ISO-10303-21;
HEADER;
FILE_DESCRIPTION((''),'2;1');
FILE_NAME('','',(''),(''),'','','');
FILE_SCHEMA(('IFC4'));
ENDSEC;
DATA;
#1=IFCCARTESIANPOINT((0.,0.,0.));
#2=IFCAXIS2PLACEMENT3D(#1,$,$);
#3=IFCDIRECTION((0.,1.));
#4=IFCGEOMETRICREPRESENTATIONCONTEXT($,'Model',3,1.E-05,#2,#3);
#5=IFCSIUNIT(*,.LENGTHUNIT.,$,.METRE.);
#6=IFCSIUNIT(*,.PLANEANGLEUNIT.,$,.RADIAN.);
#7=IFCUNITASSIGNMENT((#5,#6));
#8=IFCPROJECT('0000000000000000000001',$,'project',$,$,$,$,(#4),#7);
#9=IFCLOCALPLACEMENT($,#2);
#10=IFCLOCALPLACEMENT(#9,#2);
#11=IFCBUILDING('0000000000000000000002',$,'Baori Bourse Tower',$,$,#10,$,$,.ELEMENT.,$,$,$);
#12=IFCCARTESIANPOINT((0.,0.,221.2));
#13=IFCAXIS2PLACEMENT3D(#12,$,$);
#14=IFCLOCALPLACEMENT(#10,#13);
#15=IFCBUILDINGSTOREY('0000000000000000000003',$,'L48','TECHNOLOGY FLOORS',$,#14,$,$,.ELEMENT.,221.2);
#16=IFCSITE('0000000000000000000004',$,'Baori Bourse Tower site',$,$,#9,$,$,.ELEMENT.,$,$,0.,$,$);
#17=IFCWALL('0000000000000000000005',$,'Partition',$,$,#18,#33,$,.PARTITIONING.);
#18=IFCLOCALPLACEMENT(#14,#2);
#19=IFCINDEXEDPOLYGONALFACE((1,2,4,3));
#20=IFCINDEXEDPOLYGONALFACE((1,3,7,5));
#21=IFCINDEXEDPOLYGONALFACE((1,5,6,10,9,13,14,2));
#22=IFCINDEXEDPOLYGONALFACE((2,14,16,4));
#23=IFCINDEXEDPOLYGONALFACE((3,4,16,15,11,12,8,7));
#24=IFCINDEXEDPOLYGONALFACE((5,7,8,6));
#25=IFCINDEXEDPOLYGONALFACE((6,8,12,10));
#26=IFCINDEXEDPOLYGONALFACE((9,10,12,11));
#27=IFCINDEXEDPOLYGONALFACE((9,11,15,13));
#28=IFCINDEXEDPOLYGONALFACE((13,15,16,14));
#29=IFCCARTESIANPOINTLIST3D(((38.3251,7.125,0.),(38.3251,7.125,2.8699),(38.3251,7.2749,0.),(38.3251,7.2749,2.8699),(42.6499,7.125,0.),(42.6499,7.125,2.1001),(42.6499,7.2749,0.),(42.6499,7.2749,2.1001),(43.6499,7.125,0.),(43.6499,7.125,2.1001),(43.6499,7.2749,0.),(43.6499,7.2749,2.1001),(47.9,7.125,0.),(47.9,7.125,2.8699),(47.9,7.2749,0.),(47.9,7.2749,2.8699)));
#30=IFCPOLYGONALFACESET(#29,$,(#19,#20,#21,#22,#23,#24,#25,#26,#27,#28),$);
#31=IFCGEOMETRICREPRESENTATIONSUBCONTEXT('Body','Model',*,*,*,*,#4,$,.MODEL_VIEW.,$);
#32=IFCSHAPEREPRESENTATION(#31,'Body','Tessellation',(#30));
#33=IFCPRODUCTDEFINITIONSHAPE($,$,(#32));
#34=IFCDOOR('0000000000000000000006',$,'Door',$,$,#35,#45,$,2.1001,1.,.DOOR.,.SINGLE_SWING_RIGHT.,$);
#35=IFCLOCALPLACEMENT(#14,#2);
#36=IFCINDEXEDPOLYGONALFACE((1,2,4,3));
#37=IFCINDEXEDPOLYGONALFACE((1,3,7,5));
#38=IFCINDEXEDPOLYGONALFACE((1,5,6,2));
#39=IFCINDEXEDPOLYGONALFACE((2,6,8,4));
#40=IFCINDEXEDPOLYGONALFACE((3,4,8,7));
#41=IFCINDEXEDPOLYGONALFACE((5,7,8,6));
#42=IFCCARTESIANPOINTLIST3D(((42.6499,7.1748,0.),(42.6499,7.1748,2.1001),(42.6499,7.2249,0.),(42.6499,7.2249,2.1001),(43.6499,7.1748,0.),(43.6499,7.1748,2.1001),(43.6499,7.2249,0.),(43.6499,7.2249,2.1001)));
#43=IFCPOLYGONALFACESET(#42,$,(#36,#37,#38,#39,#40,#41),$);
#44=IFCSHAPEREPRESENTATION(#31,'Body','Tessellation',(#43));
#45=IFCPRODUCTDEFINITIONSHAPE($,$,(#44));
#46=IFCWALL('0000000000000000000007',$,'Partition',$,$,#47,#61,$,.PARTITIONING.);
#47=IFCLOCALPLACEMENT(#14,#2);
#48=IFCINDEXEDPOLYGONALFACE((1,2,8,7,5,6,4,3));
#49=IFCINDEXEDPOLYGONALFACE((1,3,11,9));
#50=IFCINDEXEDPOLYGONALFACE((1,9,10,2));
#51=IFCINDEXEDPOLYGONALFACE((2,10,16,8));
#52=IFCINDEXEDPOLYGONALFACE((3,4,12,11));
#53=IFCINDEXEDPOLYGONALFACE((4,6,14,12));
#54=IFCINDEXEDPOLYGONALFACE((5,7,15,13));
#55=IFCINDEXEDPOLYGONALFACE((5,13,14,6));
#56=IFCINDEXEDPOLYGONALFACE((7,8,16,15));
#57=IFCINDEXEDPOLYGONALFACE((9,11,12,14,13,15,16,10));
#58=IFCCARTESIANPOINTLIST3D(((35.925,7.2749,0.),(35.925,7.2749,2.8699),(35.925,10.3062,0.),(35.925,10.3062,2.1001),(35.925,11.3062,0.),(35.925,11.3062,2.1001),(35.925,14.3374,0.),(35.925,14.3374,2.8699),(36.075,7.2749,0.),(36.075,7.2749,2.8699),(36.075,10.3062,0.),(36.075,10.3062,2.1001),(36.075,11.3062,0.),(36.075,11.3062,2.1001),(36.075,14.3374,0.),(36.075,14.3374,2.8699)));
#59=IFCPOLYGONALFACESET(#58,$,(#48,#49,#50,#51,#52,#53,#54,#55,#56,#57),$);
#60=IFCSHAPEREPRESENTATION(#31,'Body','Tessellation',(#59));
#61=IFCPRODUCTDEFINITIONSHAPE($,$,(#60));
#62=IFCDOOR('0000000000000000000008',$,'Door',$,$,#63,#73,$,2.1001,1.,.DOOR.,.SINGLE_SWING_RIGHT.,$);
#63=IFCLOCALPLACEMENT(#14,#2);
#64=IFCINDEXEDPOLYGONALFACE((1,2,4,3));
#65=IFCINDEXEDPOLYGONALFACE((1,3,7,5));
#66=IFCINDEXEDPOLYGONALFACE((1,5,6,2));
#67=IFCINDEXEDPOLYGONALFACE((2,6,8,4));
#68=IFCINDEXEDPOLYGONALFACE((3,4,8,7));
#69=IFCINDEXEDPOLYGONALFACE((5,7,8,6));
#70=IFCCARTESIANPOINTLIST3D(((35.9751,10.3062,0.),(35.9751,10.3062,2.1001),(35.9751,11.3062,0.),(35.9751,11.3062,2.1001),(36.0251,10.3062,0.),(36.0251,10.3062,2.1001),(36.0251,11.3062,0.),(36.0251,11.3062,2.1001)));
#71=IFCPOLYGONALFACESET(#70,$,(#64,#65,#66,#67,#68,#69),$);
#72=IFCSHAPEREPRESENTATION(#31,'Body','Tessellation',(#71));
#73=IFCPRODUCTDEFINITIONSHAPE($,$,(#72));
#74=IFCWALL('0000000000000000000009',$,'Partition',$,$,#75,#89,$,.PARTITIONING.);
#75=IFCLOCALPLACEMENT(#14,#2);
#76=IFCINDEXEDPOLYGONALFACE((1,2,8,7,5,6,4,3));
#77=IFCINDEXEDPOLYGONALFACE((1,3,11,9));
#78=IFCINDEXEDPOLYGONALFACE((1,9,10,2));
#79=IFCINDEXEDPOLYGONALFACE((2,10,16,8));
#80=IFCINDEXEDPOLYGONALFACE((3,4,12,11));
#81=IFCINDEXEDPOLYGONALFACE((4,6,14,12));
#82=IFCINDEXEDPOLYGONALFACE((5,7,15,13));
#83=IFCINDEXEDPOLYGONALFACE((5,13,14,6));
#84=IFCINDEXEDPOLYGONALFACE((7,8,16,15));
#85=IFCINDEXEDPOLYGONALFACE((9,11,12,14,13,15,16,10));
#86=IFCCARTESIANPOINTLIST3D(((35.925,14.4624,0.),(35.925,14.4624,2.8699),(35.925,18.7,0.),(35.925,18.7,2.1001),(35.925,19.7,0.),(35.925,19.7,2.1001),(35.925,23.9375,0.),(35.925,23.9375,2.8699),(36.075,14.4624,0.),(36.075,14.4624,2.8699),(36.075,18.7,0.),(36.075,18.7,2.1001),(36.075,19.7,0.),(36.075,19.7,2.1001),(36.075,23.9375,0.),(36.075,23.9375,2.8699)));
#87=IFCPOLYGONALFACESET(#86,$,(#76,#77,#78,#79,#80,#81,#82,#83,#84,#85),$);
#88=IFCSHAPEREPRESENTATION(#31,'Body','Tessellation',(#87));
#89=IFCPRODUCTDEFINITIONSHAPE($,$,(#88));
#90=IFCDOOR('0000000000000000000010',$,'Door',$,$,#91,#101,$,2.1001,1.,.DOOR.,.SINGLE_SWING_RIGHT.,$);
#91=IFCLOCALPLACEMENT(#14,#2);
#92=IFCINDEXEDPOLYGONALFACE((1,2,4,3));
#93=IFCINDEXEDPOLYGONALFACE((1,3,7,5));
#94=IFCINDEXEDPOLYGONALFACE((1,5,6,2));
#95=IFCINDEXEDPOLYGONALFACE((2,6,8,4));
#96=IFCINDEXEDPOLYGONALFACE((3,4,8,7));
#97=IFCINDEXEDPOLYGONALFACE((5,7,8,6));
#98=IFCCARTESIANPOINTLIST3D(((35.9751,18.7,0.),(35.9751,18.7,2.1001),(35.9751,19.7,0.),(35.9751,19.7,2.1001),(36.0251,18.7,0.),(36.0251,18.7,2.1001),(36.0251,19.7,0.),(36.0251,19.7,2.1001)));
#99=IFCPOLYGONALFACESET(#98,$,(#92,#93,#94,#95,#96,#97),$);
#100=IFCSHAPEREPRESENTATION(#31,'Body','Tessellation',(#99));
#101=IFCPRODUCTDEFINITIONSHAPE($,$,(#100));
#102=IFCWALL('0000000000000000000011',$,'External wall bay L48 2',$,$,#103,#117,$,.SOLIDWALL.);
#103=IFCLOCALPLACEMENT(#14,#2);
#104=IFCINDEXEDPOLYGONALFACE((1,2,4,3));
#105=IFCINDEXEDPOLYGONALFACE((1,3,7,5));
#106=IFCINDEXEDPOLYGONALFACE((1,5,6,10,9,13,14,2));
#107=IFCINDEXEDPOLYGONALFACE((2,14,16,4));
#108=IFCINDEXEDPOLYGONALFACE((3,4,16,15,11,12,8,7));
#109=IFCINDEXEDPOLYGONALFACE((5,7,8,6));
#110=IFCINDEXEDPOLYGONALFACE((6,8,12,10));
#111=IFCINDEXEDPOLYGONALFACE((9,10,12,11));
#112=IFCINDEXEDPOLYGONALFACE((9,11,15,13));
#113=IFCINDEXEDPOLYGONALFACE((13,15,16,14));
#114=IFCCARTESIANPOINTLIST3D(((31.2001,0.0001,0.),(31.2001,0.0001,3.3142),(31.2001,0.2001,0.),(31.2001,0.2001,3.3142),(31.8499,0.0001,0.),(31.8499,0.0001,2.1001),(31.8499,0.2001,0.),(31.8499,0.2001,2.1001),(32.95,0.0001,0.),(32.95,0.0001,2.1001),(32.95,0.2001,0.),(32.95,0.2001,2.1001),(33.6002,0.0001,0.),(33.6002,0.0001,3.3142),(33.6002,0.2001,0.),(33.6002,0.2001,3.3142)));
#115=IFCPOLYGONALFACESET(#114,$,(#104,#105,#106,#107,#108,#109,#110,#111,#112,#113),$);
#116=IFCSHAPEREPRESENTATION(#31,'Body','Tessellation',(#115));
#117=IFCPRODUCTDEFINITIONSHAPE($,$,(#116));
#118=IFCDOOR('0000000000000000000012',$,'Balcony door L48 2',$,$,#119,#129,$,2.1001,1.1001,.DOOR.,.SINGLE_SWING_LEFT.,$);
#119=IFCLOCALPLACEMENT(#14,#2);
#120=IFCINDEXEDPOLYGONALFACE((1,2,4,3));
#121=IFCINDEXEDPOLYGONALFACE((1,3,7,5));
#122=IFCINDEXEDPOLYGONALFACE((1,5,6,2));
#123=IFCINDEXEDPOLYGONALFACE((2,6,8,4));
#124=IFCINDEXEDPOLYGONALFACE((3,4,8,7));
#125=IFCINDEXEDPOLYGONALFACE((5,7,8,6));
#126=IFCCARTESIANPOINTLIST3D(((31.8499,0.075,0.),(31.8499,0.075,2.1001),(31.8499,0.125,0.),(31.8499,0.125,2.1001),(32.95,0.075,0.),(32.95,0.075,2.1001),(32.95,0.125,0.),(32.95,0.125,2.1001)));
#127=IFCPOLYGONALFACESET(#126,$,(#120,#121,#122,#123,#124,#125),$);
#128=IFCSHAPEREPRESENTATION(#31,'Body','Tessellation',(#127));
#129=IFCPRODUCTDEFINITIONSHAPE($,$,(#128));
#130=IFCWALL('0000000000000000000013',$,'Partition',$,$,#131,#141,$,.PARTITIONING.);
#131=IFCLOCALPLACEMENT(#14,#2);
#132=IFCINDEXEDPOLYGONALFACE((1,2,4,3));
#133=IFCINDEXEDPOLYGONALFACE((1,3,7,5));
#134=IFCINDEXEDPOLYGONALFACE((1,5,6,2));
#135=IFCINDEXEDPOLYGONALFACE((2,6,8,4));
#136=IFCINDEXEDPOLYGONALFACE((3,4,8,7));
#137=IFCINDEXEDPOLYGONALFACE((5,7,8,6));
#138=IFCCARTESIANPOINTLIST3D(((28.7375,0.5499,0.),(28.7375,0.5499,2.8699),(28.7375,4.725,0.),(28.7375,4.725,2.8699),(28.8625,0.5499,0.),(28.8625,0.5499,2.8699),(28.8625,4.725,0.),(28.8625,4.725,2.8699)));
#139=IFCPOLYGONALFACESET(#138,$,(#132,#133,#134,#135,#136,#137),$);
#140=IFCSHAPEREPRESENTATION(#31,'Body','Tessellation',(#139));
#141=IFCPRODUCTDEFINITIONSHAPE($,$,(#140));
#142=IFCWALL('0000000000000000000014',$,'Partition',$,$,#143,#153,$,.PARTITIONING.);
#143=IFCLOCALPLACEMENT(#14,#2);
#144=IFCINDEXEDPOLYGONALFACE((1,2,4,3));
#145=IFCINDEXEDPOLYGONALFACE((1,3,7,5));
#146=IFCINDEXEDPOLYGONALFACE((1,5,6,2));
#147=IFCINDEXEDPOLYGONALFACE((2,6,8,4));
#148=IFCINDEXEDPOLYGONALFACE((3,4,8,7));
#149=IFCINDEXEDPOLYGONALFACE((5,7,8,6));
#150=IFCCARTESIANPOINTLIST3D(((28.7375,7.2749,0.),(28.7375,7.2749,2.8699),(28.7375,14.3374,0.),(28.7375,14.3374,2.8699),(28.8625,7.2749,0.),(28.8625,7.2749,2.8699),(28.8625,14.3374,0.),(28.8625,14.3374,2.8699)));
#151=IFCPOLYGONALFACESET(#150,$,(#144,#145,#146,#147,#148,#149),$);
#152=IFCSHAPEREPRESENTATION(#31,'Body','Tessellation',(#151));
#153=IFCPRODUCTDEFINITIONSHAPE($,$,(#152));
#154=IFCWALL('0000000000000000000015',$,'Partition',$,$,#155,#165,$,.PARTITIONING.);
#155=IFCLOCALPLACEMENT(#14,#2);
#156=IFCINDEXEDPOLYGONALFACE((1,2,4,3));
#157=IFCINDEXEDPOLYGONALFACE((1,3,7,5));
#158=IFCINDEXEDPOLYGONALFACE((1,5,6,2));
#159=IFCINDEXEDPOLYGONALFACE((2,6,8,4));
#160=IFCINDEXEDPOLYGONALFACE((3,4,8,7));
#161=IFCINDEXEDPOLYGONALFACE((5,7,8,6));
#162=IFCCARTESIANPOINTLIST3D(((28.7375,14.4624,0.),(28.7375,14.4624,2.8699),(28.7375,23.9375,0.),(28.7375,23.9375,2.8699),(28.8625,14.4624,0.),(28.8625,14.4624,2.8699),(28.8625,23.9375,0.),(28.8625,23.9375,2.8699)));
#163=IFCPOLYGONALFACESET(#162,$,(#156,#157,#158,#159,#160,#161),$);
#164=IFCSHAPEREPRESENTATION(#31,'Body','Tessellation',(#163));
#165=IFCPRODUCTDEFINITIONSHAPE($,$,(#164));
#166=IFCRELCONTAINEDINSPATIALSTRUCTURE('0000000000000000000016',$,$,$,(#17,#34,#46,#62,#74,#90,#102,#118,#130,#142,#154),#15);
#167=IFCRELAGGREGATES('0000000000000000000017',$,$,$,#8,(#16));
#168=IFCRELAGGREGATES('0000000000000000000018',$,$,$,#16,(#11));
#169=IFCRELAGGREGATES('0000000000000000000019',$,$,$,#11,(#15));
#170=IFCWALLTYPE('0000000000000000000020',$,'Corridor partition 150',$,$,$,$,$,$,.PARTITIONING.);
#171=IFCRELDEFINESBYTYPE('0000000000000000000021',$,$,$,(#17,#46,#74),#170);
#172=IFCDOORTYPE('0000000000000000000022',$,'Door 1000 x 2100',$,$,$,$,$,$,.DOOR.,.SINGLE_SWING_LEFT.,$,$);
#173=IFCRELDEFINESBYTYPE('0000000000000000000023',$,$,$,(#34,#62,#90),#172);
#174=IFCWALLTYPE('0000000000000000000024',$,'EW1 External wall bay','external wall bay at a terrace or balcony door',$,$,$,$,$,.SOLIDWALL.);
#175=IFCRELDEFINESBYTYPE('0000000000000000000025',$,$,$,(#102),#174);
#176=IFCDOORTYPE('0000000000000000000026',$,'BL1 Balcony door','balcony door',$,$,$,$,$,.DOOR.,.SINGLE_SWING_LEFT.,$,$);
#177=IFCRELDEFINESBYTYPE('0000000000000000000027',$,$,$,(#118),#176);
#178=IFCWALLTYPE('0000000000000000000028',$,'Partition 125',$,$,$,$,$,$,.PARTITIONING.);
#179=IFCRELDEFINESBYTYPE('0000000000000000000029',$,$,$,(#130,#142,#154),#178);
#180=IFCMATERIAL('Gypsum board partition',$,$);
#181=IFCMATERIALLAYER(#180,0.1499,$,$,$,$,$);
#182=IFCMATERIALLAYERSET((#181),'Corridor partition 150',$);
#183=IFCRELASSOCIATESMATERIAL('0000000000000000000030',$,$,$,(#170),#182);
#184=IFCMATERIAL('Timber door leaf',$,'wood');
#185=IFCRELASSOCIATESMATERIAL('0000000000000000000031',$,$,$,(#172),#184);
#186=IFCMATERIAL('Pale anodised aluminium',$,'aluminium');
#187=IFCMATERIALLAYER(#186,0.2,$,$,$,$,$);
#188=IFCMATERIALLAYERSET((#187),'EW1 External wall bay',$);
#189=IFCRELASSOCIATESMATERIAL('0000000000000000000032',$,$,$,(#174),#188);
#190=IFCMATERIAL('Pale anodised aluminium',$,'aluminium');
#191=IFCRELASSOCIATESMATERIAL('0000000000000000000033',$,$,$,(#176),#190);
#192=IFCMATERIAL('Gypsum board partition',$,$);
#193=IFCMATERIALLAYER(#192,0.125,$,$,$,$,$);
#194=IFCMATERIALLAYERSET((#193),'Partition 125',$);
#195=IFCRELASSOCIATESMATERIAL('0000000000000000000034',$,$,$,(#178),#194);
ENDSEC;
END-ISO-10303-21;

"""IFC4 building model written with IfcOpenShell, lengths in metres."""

from ifc_helpers import new_model, si_unit, direction, frame, frame_2d, origin, place, context, subcontext, project, spatial, rectangle, extrude, material, layer, layer_set, type_object, element, fill, save


model = new_model("IFC4")

# Units and contexts
model_context = context("Model", 3, precision=1e-05, world=origin(), true_north=direction((0.0, 1.0)))
body_context = subcontext(model_context, "Body", "Model", "MODEL_VIEW")
ifc_project = project(units=[si_unit("LENGTHUNIT", "METRE"), si_unit("PLANEANGLEUNIT", "RADIAN")], contexts=[model_context])

# Site, building, storey
site_placement = place(None, origin())
site = spatial("IfcSite", under=ifc_project, at=site_placement, Name="Baori Bourse Tower site", CompositionType="ELEMENT", RefElevation=0.0)
building_placement = place(site_placement, origin())
building = spatial("IfcBuilding", under=site, at=building_placement, Name="Baori Bourse Tower", CompositionType="ELEMENT")
storey_placement = place(building_placement, frame((0.0, 0.0, 221.2)))
storey = spatial("IfcBuildingStorey", under=building, at=storey_placement, Name="L48", Description="TECHNOLOGY FLOORS", CompositionType="ELEMENT", Elevation=221.2)

# Walls, openings, doors
ifc_material_1 = material(Name="Gypsum board partition")
ifc_layer_1 = layer(ifc_material_1, 0.1499)
ifc_layer_set_1 = layer_set([ifc_layer_1], Name="Corridor partition 150")
wall_type_1 = type_object("IfcWallType", Name="Corridor partition 150", PredefinedType="PARTITIONING", material=ifc_layer_set_1)
wall_1_placement = place(storey_placement, frame((38.325, 7.2, 0.0), z_axis=(0.0, 0.0, 1.0), x_axis=(1.0, 0.0, 0.0)))
wall_1 = element("IfcWall", 1, at=wall_1_placement, inside=storey, type_object=wall_type_1, Name="Partition", PredefinedType="PARTITIONING", context=body_context, shape_type="SweptSolid", body=[
    extrude(rectangle(XDim=9.575, YDim=0.1499, at=frame_2d((4.7876, 0.0))), origin(), (0.0, 0.0, 1.0), 2.8699),
])
opening_1_placement = place(wall_1_placement, frame((4.325, 0.0, 0.0)))
opening_1 = element("IfcOpeningElement", 2, at=opening_1_placement, cuts=wall_1, PredefinedType="OPENING", context=body_context, shape_type="SweptSolid", body=[
    extrude(rectangle(XDim=1.0, YDim=2.1001, at=frame_2d((0.5, 1.05))), frame((0.0, 0.085, 0.0), z_axis=(0.0, -1.0, 0.0), x_axis=(1.0, 0.0, 0.0)), (0.0, 0.0, 1.0), 0.1699),
])
ifc_material_2 = material(Name="Timber door leaf", Category="wood")
door_type_1 = type_object("IfcDoorType", Name="Door 1000 x 2100", OperationType="SINGLE_SWING_LEFT", PredefinedType="DOOR", material=ifc_material_2)
door_1_placement = place(opening_1_placement, origin())
door_1 = element("IfcDoor", 3, at=door_1_placement, inside=storey, type_object=door_type_1, Name="Door", OperationType="SINGLE_SWING_RIGHT", OverallHeight=2.1001, OverallWidth=1.0, PredefinedType="DOOR", context=body_context, shape_type="SweptSolid", body=[
    extrude(rectangle(XDim=1.0, YDim=2.1001, at=frame_2d((0.5, 1.05))), frame((0.0, 0.0249, 0.0), z_axis=(0.0, -1.0, 0.0), x_axis=(1.0, 0.0, 0.0)), (0.0, 0.0, 1.0), 0.05),
])
fill(opening_1, door_1)
wall_2_placement = place(storey_placement, frame((36.0, 7.2749, 0.0), z_axis=(0.0, 0.0, 1.0), x_axis=(0.0, 1.0, 0.0)))
wall_2 = element("IfcWall", 4, at=wall_2_placement, inside=storey, type_object=wall_type_1, Name="Partition", PredefinedType="PARTITIONING", context=body_context, shape_type="SweptSolid", body=[
    extrude(rectangle(XDim=7.0625, YDim=0.1499, at=frame_2d((3.5312, 0.0))), origin(), (0.0, 0.0, 1.0), 2.8699),
])
opening_2_placement = place(wall_2_placement, frame((3.0312, 0.0, 0.0)))
opening_2 = element("IfcOpeningElement", 5, at=opening_2_placement, cuts=wall_2, PredefinedType="OPENING", context=body_context, shape_type="SweptSolid", body=[
    extrude(rectangle(XDim=1.0, YDim=2.1001, at=frame_2d((0.5, 1.05))), frame((0.0, 0.085, 0.0), z_axis=(0.0, -1.0, 0.0), x_axis=(1.0, 0.0, 0.0)), (0.0, 0.0, 1.0), 0.1699),
])
door_2_placement = place(opening_2_placement, origin())
door_2 = element("IfcDoor", 6, at=door_2_placement, inside=storey, type_object=door_type_1, Name="Door", OperationType="SINGLE_SWING_RIGHT", OverallHeight=2.1001, OverallWidth=1.0, PredefinedType="DOOR", context=body_context, shape_type="SweptSolid", body=[
    extrude(rectangle(XDim=1.0, YDim=2.1001, at=frame_2d((0.5, 1.05))), frame((0.0, 0.0249, 0.0), z_axis=(0.0, -1.0, 0.0), x_axis=(1.0, 0.0, 0.0)), (0.0, 0.0, 1.0), 0.05),
])
fill(opening_2, door_2)
wall_3_placement = place(storey_placement, frame((36.0, 14.4624, 0.0), z_axis=(0.0, 0.0, 1.0), x_axis=(0.0, 1.0, 0.0)))
wall_3 = element("IfcWall", 7, at=wall_3_placement, inside=storey, type_object=wall_type_1, Name="Partition", PredefinedType="PARTITIONING", context=body_context, shape_type="SweptSolid", body=[
    extrude(rectangle(XDim=9.4751, YDim=0.1499, at=frame_2d((4.7375, 0.0))), origin(), (0.0, 0.0, 1.0), 2.8699),
])
opening_3_placement = place(wall_3_placement, frame((4.2375, 0.0, 0.0)))
opening_3 = element("IfcOpeningElement", 8, at=opening_3_placement, cuts=wall_3, PredefinedType="OPENING", context=body_context, shape_type="SweptSolid", body=[
    extrude(rectangle(XDim=1.0, YDim=2.1001, at=frame_2d((0.5, 1.05))), frame((0.0, 0.085, 0.0), z_axis=(0.0, -1.0, 0.0), x_axis=(1.0, 0.0, 0.0)), (0.0, 0.0, 1.0), 0.1699),
])
door_3_placement = place(opening_3_placement, origin())
door_3 = element("IfcDoor", 9, at=door_3_placement, inside=storey, type_object=door_type_1, Name="Door", OperationType="SINGLE_SWING_RIGHT", OverallHeight=2.1001, OverallWidth=1.0, PredefinedType="DOOR", context=body_context, shape_type="SweptSolid", body=[
    extrude(rectangle(XDim=1.0, YDim=2.1001, at=frame_2d((0.5, 1.05))), frame((0.0, 0.0249, 0.0), z_axis=(0.0, -1.0, 0.0), x_axis=(1.0, 0.0, 0.0)), (0.0, 0.0, 1.0), 0.05),
])
fill(opening_3, door_3)
ifc_material_3 = material(Name="Pale anodised aluminium", Category="aluminium")
ifc_layer_2 = layer(ifc_material_3, 0.2)
ifc_layer_set_2 = layer_set([ifc_layer_2], Name="EW1 External wall bay")
wall_type_2 = type_object("IfcWallType", Name="EW1 External wall bay", Description="external wall bay at a terrace or balcony door", PredefinedType="SOLIDWALL", material=ifc_layer_set_2)
wall_4_placement = place(storey_placement, frame((31.2, 0.1001, 0.0), z_axis=(0.0, 0.0, 1.0), x_axis=(1.0, 0.0, 0.0)))
wall_4 = element("IfcWall", 10, at=wall_4_placement, inside=storey, type_object=wall_type_2, Name="External wall bay L48 2", PredefinedType="SOLIDWALL", context=body_context, shape_type="SweptSolid", body=[
    extrude(rectangle(XDim=2.4001, YDim=0.2, at=frame_2d((1.2002, 0.0))), origin(), (0.0, 0.0, 1.0), 3.3142),
])
opening_4_placement = place(wall_4_placement, frame((0.6499, 0.0, 0.0)))
opening_4 = element("IfcOpeningElement", 11, at=opening_4_placement, cuts=wall_4, PredefinedType="OPENING", context=body_context, shape_type="SweptSolid", body=[
    extrude(rectangle(XDim=1.1001, YDim=2.1001, at=frame_2d((0.55, 1.05))), frame((0.0, 0.1099, 0.0), z_axis=(0.0, -1.0, 0.0), x_axis=(1.0, 0.0, 0.0)), (0.0, 0.0, 1.0), 0.22),
])
ifc_material_4 = material(Name="Pale anodised aluminium", Category="aluminium")
door_type_2 = type_object("IfcDoorType", Name="BL1 Balcony door", Description="balcony door", OperationType="SINGLE_SWING_LEFT", PredefinedType="DOOR", material=ifc_material_4)
door_4_placement = place(opening_4_placement, origin())
door_4 = element("IfcDoor", 12, at=door_4_placement, inside=storey, type_object=door_type_2, Name="Balcony door L48 2", OperationType="SINGLE_SWING_LEFT", OverallHeight=2.1001, OverallWidth=1.1001, PredefinedType="DOOR", context=body_context, shape_type="SweptSolid", body=[
    extrude(rectangle(XDim=1.1001, YDim=2.1001, at=frame_2d((0.55, 1.05))), frame((0.0, 0.0249, 0.0), z_axis=(0.0, -1.0, 0.0), x_axis=(1.0, 0.0, 0.0)), (0.0, 0.0, 1.0), 0.05),
])
fill(opening_4, door_4)

# Walls
ifc_material_5 = material(Name="Gypsum board partition")
ifc_layer_3 = layer(ifc_material_5, 0.125)
ifc_layer_set_3 = layer_set([ifc_layer_3], Name="Partition 125")
wall_type_3 = type_object("IfcWallType", Name="Partition 125", PredefinedType="PARTITIONING", material=ifc_layer_set_3)
wall_5_placement = place(storey_placement, frame((28.8, 0.55, 0.0), z_axis=(0.0, 0.0, 1.0), x_axis=(0.0, 1.0, 0.0)))
element("IfcWall", 13, at=wall_5_placement, inside=storey, type_object=wall_type_3, Name="Partition", PredefinedType="PARTITIONING", context=body_context, shape_type="SweptSolid", body=[
    extrude(rectangle(XDim=4.175, YDim=0.125, at=frame_2d((2.0874, 0.0))), origin(), (0.0, 0.0, 1.0), 2.8699),
])
wall_6_placement = place(storey_placement, frame((28.8, 7.2749, 0.0), z_axis=(0.0, 0.0, 1.0), x_axis=(0.0, 1.0, 0.0)))
element("IfcWall", 14, at=wall_6_placement, inside=storey, type_object=wall_type_3, Name="Partition", PredefinedType="PARTITIONING", context=body_context, shape_type="SweptSolid", body=[
    extrude(rectangle(XDim=7.0625, YDim=0.125, at=frame_2d((3.5312, 0.0))), origin(), (0.0, 0.0, 1.0), 2.8699),
])
wall_7_placement = place(storey_placement, frame((28.8, 14.4624, 0.0), z_axis=(0.0, 0.0, 1.0), x_axis=(0.0, 1.0, 0.0)))
element("IfcWall", 15, at=wall_7_placement, inside=storey, type_object=wall_type_3, Name="Partition", PredefinedType="PARTITIONING", context=body_context, shape_type="SweptSolid", body=[
    extrude(rectangle(XDim=9.4751, YDim=0.125, at=frame_2d((4.7375, 0.0))), origin(), (0.0, 0.0, 1.0), 2.8699),
])

save(model, "model.ifc")
